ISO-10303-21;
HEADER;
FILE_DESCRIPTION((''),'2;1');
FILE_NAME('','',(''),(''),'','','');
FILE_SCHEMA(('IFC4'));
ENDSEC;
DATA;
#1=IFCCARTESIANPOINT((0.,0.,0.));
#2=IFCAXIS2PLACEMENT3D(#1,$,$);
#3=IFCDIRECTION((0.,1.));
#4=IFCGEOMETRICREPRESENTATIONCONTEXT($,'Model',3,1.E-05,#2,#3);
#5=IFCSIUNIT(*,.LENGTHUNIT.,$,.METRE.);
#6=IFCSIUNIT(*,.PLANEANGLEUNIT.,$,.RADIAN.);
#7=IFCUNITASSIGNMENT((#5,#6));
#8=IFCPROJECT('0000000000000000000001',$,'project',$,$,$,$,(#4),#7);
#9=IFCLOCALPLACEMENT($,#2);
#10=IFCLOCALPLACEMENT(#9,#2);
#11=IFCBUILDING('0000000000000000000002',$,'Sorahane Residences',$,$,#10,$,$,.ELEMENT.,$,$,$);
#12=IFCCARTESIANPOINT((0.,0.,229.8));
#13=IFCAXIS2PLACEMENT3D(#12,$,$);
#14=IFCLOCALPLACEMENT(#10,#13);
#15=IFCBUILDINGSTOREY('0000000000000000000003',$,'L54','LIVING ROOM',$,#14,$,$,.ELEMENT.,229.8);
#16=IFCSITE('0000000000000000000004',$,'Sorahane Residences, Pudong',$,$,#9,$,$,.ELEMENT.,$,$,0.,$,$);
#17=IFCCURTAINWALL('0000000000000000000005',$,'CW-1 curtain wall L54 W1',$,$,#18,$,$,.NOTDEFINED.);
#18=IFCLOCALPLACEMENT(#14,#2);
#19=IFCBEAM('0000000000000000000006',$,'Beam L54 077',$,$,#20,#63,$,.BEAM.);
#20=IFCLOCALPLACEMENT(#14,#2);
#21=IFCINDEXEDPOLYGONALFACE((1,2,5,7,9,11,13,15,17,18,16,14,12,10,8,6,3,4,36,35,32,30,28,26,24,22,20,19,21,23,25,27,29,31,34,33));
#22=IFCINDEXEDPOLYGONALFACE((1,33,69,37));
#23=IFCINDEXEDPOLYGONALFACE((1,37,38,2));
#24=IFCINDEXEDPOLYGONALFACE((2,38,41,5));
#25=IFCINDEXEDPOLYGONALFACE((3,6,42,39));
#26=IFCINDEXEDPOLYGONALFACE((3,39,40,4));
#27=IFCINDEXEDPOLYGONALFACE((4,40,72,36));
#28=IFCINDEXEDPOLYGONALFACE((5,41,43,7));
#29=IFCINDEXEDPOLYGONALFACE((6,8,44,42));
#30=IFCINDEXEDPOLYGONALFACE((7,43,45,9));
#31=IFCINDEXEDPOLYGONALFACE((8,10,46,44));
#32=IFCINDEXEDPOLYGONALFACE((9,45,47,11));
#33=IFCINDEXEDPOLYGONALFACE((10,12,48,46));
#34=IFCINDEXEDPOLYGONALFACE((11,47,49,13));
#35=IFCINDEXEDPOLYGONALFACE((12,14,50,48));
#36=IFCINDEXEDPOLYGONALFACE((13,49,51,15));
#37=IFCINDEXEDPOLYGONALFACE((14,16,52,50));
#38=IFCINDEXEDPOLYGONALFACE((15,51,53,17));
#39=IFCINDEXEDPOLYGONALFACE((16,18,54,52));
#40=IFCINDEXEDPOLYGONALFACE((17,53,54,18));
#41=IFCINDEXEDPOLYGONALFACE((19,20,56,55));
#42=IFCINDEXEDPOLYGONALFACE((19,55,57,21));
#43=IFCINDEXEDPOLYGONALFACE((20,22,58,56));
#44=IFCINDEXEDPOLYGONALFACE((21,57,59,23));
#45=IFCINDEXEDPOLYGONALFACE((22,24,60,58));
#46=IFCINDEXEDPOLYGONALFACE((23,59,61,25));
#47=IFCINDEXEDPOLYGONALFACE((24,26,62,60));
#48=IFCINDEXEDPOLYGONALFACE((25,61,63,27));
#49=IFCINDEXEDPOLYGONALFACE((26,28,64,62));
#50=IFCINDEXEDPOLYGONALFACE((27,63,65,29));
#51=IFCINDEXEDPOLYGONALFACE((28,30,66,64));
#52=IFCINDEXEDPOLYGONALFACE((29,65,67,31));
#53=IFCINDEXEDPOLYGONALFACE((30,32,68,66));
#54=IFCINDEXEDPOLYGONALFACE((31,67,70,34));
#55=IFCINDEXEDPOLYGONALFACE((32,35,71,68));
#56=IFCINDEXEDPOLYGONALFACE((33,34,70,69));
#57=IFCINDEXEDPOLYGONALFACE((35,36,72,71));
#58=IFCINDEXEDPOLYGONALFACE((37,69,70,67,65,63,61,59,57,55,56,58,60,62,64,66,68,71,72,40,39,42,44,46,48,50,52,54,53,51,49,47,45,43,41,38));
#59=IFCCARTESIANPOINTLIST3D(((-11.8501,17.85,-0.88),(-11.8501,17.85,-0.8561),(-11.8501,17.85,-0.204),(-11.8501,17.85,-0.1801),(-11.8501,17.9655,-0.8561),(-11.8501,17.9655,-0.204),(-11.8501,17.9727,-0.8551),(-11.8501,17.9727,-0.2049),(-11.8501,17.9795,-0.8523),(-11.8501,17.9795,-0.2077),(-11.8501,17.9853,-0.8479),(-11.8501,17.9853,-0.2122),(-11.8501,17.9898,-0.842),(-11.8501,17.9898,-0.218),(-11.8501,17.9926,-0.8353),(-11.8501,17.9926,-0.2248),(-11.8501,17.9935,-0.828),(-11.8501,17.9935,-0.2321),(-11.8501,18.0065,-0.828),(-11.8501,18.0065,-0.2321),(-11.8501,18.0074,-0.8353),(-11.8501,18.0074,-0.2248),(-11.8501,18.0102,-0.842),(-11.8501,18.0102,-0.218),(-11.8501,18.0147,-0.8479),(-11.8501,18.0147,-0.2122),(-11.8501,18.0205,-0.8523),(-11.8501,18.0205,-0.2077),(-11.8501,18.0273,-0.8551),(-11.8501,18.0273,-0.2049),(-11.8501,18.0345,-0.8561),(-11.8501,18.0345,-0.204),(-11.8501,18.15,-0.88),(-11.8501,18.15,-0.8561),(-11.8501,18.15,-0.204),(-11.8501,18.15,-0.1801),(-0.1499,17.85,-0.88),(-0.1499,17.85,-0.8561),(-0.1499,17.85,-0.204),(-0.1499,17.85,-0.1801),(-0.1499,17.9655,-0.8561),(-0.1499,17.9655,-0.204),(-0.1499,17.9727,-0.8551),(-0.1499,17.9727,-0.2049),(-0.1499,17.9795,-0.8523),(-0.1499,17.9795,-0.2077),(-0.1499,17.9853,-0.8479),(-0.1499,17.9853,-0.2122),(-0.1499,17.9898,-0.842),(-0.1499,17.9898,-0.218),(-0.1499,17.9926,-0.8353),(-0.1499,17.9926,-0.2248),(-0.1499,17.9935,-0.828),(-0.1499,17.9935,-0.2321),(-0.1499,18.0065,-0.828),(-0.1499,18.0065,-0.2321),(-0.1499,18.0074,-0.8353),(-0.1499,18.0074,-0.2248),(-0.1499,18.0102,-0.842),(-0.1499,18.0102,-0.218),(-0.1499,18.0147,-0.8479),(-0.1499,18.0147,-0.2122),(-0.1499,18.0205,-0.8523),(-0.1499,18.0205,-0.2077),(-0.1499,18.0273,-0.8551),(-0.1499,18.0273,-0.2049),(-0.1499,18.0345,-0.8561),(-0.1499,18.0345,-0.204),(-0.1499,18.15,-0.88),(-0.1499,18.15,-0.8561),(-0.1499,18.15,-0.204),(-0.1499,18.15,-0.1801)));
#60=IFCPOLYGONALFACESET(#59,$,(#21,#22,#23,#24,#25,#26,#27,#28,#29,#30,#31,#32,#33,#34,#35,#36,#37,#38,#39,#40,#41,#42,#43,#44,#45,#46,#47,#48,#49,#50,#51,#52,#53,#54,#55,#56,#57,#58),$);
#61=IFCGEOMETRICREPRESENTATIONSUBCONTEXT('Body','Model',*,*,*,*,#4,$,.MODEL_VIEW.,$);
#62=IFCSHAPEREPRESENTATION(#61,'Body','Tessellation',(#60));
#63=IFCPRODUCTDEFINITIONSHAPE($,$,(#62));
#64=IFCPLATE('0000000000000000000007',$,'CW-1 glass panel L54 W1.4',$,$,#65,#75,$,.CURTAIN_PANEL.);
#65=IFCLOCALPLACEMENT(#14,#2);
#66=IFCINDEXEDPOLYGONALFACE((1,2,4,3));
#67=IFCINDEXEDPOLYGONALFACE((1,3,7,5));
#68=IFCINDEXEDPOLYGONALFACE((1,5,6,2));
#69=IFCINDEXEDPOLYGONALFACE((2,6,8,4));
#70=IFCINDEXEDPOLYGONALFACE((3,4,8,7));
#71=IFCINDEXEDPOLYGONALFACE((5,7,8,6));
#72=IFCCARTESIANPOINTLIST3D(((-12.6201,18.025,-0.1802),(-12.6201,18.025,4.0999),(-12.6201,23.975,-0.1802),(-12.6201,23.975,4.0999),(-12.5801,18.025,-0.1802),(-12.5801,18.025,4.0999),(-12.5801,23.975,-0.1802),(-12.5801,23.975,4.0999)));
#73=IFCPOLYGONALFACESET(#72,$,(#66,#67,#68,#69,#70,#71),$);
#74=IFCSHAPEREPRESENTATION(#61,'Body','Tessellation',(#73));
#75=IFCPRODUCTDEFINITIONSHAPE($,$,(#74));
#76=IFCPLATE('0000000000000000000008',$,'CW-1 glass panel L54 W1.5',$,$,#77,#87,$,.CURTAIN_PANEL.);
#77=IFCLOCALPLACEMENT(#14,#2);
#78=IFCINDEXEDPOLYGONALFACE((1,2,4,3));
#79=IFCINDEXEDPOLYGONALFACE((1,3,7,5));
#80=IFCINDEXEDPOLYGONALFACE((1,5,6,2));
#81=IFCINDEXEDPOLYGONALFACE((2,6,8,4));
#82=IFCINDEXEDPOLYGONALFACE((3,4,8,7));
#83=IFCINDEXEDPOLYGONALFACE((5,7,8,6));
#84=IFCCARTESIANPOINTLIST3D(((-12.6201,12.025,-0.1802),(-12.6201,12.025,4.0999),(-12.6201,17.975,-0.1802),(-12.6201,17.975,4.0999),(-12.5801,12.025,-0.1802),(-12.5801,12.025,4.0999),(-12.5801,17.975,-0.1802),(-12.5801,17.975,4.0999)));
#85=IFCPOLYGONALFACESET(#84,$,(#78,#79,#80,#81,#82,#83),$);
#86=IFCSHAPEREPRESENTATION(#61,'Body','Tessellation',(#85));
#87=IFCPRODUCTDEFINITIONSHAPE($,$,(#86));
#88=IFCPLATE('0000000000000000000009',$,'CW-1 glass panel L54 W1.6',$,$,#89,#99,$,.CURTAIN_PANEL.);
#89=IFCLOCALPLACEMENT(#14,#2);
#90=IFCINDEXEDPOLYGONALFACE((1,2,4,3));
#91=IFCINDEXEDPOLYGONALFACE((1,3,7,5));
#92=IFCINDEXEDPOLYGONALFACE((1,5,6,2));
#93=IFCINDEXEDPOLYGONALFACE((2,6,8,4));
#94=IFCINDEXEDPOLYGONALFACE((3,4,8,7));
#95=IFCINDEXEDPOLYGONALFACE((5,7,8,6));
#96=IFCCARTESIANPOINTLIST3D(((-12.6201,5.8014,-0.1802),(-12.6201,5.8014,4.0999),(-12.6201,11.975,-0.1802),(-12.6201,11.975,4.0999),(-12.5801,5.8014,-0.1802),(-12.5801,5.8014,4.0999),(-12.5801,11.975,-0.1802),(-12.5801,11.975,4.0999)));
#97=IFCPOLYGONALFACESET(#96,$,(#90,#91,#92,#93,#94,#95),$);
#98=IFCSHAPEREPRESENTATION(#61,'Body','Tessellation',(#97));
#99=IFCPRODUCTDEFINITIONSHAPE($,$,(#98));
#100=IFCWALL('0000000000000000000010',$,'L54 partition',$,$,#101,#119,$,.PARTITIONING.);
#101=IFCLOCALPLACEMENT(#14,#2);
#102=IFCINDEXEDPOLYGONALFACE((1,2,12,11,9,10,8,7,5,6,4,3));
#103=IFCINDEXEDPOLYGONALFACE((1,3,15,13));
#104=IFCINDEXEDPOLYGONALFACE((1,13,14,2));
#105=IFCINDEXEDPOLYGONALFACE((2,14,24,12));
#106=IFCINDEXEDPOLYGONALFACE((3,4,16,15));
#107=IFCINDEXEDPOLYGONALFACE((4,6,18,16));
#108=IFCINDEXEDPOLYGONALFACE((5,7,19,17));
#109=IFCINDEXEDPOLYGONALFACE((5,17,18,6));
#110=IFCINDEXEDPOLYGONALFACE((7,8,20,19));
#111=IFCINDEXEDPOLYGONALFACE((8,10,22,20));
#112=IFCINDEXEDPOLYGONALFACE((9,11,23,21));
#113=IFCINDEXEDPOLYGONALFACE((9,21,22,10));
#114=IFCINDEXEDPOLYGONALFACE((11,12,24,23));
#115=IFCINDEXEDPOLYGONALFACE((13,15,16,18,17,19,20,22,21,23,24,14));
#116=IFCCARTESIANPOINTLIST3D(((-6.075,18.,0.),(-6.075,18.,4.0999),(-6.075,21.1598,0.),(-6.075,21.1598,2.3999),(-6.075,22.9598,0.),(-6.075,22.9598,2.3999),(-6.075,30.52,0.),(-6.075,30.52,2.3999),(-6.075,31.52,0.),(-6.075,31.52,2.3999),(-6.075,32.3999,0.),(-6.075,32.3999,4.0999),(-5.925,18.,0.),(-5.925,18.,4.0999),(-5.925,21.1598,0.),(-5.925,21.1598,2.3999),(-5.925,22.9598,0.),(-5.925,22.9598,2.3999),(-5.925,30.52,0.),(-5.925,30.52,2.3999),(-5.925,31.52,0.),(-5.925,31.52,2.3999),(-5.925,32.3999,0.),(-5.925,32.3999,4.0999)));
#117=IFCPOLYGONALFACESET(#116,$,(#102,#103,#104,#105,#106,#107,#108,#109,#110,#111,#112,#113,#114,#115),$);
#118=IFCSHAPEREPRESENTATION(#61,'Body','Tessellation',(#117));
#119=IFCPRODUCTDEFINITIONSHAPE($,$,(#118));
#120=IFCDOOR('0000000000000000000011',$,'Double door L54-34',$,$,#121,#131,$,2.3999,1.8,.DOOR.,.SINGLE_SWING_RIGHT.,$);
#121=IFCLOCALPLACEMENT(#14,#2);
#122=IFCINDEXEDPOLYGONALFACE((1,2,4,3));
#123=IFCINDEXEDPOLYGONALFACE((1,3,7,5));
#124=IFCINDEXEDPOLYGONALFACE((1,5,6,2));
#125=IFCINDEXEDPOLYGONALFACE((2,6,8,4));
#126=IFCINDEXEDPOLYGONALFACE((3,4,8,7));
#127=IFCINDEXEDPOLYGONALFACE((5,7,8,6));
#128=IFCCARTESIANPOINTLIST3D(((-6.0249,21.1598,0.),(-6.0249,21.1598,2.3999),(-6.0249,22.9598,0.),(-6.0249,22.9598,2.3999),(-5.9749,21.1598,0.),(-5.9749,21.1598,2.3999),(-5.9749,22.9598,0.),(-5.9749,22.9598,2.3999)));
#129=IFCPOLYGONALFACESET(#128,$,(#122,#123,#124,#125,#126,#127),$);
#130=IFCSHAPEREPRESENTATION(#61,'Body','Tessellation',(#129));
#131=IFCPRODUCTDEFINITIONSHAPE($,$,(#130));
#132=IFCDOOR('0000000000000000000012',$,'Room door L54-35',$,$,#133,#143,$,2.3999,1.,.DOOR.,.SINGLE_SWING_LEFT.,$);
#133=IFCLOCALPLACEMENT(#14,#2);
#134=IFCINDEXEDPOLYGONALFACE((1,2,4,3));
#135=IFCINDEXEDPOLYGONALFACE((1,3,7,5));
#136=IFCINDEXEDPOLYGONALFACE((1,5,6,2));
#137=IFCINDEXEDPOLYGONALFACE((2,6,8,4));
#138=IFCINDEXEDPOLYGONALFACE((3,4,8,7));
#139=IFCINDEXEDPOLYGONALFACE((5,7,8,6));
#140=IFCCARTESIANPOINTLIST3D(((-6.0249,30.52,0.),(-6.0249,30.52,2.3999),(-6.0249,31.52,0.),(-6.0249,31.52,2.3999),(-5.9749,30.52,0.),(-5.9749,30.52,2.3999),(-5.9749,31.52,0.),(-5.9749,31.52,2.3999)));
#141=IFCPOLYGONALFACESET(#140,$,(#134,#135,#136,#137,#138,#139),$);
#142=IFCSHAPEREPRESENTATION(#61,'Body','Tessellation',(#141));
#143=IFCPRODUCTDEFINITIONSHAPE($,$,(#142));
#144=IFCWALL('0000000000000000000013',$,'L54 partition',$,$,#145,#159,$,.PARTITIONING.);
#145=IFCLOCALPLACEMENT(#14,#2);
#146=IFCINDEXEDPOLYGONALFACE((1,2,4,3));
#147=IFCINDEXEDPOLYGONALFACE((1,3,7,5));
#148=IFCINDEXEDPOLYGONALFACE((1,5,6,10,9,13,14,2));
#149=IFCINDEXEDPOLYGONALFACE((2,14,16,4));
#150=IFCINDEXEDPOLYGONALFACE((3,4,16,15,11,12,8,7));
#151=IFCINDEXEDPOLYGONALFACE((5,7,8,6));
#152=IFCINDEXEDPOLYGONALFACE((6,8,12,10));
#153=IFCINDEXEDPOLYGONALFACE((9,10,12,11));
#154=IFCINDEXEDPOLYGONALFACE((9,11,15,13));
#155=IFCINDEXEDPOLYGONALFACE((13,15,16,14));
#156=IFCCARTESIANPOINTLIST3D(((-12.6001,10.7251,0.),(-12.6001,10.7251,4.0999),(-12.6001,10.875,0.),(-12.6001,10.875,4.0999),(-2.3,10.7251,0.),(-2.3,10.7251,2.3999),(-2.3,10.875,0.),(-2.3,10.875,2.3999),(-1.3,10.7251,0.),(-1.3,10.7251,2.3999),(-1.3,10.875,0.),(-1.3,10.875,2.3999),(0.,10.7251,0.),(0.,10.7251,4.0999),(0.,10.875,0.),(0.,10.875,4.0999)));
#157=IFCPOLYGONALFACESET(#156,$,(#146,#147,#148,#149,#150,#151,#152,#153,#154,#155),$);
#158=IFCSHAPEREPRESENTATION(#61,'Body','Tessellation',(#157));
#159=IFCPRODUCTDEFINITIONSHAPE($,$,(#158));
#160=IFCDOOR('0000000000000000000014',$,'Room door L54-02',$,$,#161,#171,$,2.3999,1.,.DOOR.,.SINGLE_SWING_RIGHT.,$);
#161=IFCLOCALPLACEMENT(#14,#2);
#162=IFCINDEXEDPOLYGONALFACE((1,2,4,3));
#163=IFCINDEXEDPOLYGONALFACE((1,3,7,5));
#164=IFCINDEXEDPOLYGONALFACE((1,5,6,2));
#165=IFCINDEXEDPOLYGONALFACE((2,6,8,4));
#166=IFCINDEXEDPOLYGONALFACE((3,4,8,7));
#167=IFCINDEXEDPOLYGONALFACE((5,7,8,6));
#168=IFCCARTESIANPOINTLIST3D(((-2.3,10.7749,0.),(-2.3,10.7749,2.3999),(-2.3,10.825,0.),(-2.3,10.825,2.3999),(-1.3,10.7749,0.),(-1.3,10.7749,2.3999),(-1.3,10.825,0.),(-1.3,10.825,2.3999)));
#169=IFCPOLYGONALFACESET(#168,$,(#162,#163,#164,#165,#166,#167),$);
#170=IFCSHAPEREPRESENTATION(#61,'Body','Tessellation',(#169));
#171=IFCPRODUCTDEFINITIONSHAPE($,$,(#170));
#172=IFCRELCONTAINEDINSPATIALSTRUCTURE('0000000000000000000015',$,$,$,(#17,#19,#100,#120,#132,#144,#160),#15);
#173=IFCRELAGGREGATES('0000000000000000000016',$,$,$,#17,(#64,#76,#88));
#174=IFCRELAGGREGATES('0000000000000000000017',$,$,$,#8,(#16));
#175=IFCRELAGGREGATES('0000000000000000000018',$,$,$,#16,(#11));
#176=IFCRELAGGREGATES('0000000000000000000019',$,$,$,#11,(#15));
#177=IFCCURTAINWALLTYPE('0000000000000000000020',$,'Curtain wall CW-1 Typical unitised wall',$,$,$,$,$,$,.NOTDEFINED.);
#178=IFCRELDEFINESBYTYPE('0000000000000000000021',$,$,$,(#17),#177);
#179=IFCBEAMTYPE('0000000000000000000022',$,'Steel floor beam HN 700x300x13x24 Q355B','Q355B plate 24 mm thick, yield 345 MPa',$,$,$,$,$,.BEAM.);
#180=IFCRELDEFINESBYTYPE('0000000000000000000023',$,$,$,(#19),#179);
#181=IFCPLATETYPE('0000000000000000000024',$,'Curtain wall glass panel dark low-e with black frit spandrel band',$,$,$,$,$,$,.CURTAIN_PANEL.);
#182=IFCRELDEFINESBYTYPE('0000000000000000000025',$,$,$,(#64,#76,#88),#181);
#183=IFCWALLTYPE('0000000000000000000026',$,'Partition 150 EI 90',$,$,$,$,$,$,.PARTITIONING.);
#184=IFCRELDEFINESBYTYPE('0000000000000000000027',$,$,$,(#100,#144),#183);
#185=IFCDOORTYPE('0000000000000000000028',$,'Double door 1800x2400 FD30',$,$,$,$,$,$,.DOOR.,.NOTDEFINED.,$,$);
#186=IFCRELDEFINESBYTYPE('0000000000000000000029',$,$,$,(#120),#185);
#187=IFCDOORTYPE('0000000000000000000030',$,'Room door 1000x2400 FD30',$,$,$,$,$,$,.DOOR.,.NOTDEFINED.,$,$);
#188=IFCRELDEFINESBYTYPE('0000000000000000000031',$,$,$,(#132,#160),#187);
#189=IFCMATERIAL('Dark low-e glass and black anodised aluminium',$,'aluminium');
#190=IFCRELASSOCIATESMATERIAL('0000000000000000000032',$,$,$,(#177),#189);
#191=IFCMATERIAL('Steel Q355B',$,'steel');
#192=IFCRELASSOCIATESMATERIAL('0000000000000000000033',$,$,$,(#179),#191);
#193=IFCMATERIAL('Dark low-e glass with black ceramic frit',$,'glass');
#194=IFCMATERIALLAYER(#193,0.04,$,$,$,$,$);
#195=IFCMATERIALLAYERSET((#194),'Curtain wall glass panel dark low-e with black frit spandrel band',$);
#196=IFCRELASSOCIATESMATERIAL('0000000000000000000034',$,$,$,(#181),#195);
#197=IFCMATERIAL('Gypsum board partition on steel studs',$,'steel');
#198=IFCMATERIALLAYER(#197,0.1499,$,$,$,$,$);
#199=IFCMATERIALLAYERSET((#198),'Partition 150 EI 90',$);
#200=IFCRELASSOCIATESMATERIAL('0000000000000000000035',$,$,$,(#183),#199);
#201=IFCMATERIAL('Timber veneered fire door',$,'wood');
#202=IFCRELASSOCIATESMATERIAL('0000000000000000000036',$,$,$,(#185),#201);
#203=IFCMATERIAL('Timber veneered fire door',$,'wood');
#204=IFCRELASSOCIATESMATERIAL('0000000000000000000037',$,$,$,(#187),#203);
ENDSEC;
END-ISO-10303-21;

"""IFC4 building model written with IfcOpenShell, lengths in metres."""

from ifc_helpers import new_model, si_unit, direction, frame, frame_2d, origin, origin_2d, place, context, subcontext, project, spatial, rectangle, i_section, extrude, material, layer, layer_set, material_profile, profile_set, type_object, element, fill, aggregate, save


model = new_model("IFC4")

# Units and contexts
model_context = context("Model", 3, precision=1e-05, world=origin(), true_north=direction((0.0, 1.0)))
body_context = subcontext(model_context, "Body", "Model", "MODEL_VIEW")
ifc_project = project(units=[si_unit("LENGTHUNIT", "METRE"), si_unit("PLANEANGLEUNIT", "RADIAN")], contexts=[model_context])

# Site, building, storey
site_placement = place(None, origin())
site = spatial("IfcSite", under=ifc_project, at=site_placement, Name="Sorahane Residences, Pudong", CompositionType="ELEMENT", RefElevation=0.0)
building_placement = place(site_placement, origin())
building = spatial("IfcBuilding", under=site, at=building_placement, Name="Sorahane Residences", CompositionType="ELEMENT")
storey_placement = place(building_placement, frame((0.0, 0.0, 229.8)))
storey = spatial("IfcBuildingStorey", under=building, at=storey_placement, Name="L54", Description="LIVING ROOM", CompositionType="ELEMENT", Elevation=229.8)

# Curtain wall
ifc_material_1 = material(Name="Dark low-e glass and black anodised aluminium", Category="aluminium")
curtain_wall_type = type_object("IfcCurtainWallType", Name="Curtain wall CW-1 Typical unitised wall", PredefinedType="NOTDEFINED", material=ifc_material_1)
curtain_wall_placement = place(storey_placement, origin())
curtain_wall = element("IfcCurtainWall", 1, at=curtain_wall_placement, inside=storey, type_object=curtain_wall_type, Name="CW-1 curtain wall L54 W1", PredefinedType="NOTDEFINED")

# Beam
ifc_material_2 = material(Name="Steel Q355B", Category="steel")
ifc_material_profile_1 = material_profile(ifc_material_2, i_section(OverallWidth=0.3, OverallDepth=0.7, WebThickness=0.0129, FlangeThickness=0.0239, FilletRadius=0.0281, at=origin_2d()), Name="HN 700x300x13x24")
ifc_profile_set_1 = profile_set([ifc_material_profile_1], Name="Steel Q355B")
beam_type_1 = type_object("IfcBeamType", Name="Steel floor beam HN 700x300x13x24 Q355B", Description="Q355B plate 24 mm thick, yield 345 MPa", PredefinedType="BEAM", material=ifc_profile_set_1)
beam_1_placement = place(storey_placement, frame((-11.8501, 18.0, -0.53), z_axis=(1.0, 0.0, 0.0), x_axis=(0.0, 1.0, 0.0)))
element("IfcBeam", 2, at=beam_1_placement, inside=storey, type_object=beam_type_1, Name="Beam L54 077", PredefinedType="BEAM", context=body_context, shape_type="SweptSolid", body=[
    extrude(i_section(OverallWidth=0.3, OverallDepth=0.7, WebThickness=0.0129, FlangeThickness=0.0239, FilletRadius=0.0281, at=origin_2d()), origin(), (0.0, 0.0, 1.0), 11.7002),
])

# Plates
ifc_material_3 = material(Name="Dark low-e glass with black ceramic frit", Category="glass")
ifc_layer_1 = layer(ifc_material_3, 0.04)
ifc_layer_set_1 = layer_set([ifc_layer_1], Name="Curtain wall glass panel dark low-e with black frit spandrel band")
plate_type = type_object("IfcPlateType", Name="Curtain wall glass panel dark low-e with black frit spandrel band", PredefinedType="CURTAIN_PANEL", material=ifc_layer_set_1)
plate_1_placement = place(storey_placement, frame((-12.6001, 21.0, -0.1802), z_axis=(0.0, 0.0, 1.0), x_axis=(0.0, -1.0, 0.0)))
plate_1 = element("IfcPlate", 3, at=plate_1_placement, type_object=plate_type, Name="CW-1 glass panel L54 W1.4", PredefinedType="CURTAIN_PANEL", context=body_context, shape_type="SweptSolid", body=[
    extrude(rectangle(XDim=5.95, YDim=0.04, at=origin_2d()), origin(), (0.0, 0.0, 1.0), 4.28),
])
plate_2_placement = place(storey_placement, frame((-12.6001, 15.0, -0.1802), z_axis=(0.0, 0.0, 1.0), x_axis=(0.0, -1.0, 0.0)))
plate_2 = element("IfcPlate", 4, at=plate_2_placement, type_object=plate_type, Name="CW-1 glass panel L54 W1.5", PredefinedType="CURTAIN_PANEL", context=body_context, shape_type="SweptSolid", body=[
    extrude(rectangle(XDim=5.95, YDim=0.04, at=origin_2d()), origin(), (0.0, 0.0, 1.0), 4.28),
])
plate_3_placement = place(storey_placement, frame((-12.6001, 8.8882, -0.1802), z_axis=(0.0, 0.0, 1.0), x_axis=(0.0, -1.0, 0.0)))
plate_3 = element("IfcPlate", 5, at=plate_3_placement, type_object=plate_type, Name="CW-1 glass panel L54 W1.6", PredefinedType="CURTAIN_PANEL", context=body_context, shape_type="SweptSolid", body=[
    extrude(rectangle(XDim=6.1736, YDim=0.04, at=origin_2d()), origin(), (0.0, 0.0, 1.0), 4.28),
])
aggregate(curtain_wall, [plate_1, plate_2, plate_3])

# Wall, openings, doors
ifc_material_4 = material(Name="Gypsum board partition on steel studs", Category="steel")
ifc_layer_2 = layer(ifc_material_4, 0.1499)
ifc_layer_set_2 = layer_set([ifc_layer_2], Name="Partition 150 EI 90")
wall_type_1 = type_object("IfcWallType", Name="Partition 150 EI 90", PredefinedType="PARTITIONING", material=ifc_layer_set_2)
wall_1_placement = place(storey_placement, frame((-6.0, 18.0, 0.0), z_axis=(0.0, 0.0, 1.0), x_axis=(0.0, 1.0, 0.0)))
wall_1 = element("IfcWall", 6, at=wall_1_placement, inside=storey, type_object=wall_type_1, Name="L54 partition", PredefinedType="PARTITIONING", context=body_context, shape_type="SweptSolid", body=[
    extrude(rectangle(XDim=14.3999, YDim=0.1499, at=frame_2d((7.2, 0.0))), origin(), (0.0, 0.0, 1.0), 4.0999),
])
opening_1_placement = place(wall_1_placement, frame((3.1599, 0.0, 0.0)))
opening_1 = element("IfcOpeningElement", 7, at=opening_1_placement, cuts=wall_1, PredefinedType="OPENING", context=body_context, shape_type="SweptSolid", body=[
    extrude(rectangle(XDim=1.8, YDim=2.3999, at=frame_2d((0.8999, 1.2))), frame((0.0, 0.085, 0.0), z_axis=(0.0, -1.0, 0.0), x_axis=(1.0, 0.0, 0.0)), (0.0, 0.0, 1.0), 0.1699),
])
opening_2_placement = place(wall_1_placement, frame((12.52, 0.0, 0.0)))
opening_2 = element("IfcOpeningElement", 8, at=opening_2_placement, cuts=wall_1, PredefinedType="OPENING", context=body_context, shape_type="SweptSolid", body=[
    extrude(rectangle(XDim=1.0, YDim=2.3999, at=frame_2d((0.5, 1.2))), frame((0.0, 0.085, 0.0), z_axis=(0.0, -1.0, 0.0), x_axis=(1.0, 0.0, 0.0)), (0.0, 0.0, 1.0), 0.1699),
])
ifc_material_5 = material(Name="Timber veneered fire door", Category="wood")
door_type_1 = type_object("IfcDoorType", Name="Double door 1800x2400 FD30", OperationType="NOTDEFINED", PredefinedType="DOOR", material=ifc_material_5)
door_1_placement = place(opening_1_placement, origin())
door_1 = element("IfcDoor", 9, at=door_1_placement, inside=storey, type_object=door_type_1, Name="Double door L54-34", OperationType="SINGLE_SWING_RIGHT", OverallHeight=2.3999, OverallWidth=1.8, PredefinedType="DOOR", context=body_context, shape_type="SweptSolid", body=[
    extrude(rectangle(XDim=1.8, YDim=2.3999, at=frame_2d((0.8999, 1.2))), frame((0.0, 0.0249, 0.0), z_axis=(0.0, -1.0, 0.0), x_axis=(1.0, 0.0, 0.0)), (0.0, 0.0, 1.0), 0.05),
])
fill(opening_1, door_1)
ifc_material_6 = material(Name="Timber veneered fire door", Category="wood")
door_type_2 = type_object("IfcDoorType", Name="Room door 1000x2400 FD30", OperationType="NOTDEFINED", PredefinedType="DOOR", material=ifc_material_6)
door_2_placement = place(opening_2_placement, origin())
door_2 = element("IfcDoor", 10, at=door_2_placement, inside=storey, type_object=door_type_2, Name="Room door L54-35", OperationType="SINGLE_SWING_LEFT", OverallHeight=2.3999, OverallWidth=1.0, PredefinedType="DOOR", context=body_context, shape_type="SweptSolid", body=[
    extrude(rectangle(XDim=1.0, YDim=2.3999, at=frame_2d((0.5, 1.2))), frame((0.0, 0.0249, 0.0), z_axis=(0.0, -1.0, 0.0), x_axis=(1.0, 0.0, 0.0)), (0.0, 0.0, 1.0), 0.05),
])
fill(opening_2, door_2)

# Wall, opening, door
wall_2_placement = place(storey_placement, frame((-12.6001, 10.8, 0.0), z_axis=(0.0, 0.0, 1.0), x_axis=(1.0, 0.0, 0.0)))
wall_2 = element("IfcWall", 11, at=wall_2_placement, inside=storey, type_object=wall_type_1, Name="L54 partition", PredefinedType="PARTITIONING", context=body_context, shape_type="SweptSolid", body=[
    extrude(rectangle(XDim=12.6001, YDim=0.1499, at=frame_2d((6.3, 0.0))), origin(), (0.0, 0.0, 1.0), 4.0999),
])
opening_3_placement = place(wall_2_placement, frame((10.3, 0.0, 0.0)))
opening_3 = element("IfcOpeningElement", 12, at=opening_3_placement, cuts=wall_2, PredefinedType="OPENING", context=body_context, shape_type="SweptSolid", body=[
    extrude(rectangle(XDim=1.0, YDim=2.3999, at=frame_2d((0.5, 1.2))), frame((0.0, 0.085, 0.0), z_axis=(0.0, -1.0, 0.0), x_axis=(1.0, 0.0, 0.0)), (0.0, 0.0, 1.0), 0.1699),
])
door_3_placement = place(opening_3_placement, origin())
door_3 = element("IfcDoor", 13, at=door_3_placement, inside=storey, type_object=door_type_2, Name="Room door L54-02", OperationType="SINGLE_SWING_RIGHT", OverallHeight=2.3999, OverallWidth=1.0, PredefinedType="DOOR", context=body_context, shape_type="SweptSolid", body=[
    extrude(rectangle(XDim=1.0, YDim=2.3999, at=frame_2d((0.5, 1.2))), frame((0.0, 0.0249, 0.0), z_axis=(0.0, -1.0, 0.0), x_axis=(1.0, 0.0, 0.0)), (0.0, 0.0, 1.0), 0.05),
])
fill(opening_3, door_3)

save(model, "model.ifc")
